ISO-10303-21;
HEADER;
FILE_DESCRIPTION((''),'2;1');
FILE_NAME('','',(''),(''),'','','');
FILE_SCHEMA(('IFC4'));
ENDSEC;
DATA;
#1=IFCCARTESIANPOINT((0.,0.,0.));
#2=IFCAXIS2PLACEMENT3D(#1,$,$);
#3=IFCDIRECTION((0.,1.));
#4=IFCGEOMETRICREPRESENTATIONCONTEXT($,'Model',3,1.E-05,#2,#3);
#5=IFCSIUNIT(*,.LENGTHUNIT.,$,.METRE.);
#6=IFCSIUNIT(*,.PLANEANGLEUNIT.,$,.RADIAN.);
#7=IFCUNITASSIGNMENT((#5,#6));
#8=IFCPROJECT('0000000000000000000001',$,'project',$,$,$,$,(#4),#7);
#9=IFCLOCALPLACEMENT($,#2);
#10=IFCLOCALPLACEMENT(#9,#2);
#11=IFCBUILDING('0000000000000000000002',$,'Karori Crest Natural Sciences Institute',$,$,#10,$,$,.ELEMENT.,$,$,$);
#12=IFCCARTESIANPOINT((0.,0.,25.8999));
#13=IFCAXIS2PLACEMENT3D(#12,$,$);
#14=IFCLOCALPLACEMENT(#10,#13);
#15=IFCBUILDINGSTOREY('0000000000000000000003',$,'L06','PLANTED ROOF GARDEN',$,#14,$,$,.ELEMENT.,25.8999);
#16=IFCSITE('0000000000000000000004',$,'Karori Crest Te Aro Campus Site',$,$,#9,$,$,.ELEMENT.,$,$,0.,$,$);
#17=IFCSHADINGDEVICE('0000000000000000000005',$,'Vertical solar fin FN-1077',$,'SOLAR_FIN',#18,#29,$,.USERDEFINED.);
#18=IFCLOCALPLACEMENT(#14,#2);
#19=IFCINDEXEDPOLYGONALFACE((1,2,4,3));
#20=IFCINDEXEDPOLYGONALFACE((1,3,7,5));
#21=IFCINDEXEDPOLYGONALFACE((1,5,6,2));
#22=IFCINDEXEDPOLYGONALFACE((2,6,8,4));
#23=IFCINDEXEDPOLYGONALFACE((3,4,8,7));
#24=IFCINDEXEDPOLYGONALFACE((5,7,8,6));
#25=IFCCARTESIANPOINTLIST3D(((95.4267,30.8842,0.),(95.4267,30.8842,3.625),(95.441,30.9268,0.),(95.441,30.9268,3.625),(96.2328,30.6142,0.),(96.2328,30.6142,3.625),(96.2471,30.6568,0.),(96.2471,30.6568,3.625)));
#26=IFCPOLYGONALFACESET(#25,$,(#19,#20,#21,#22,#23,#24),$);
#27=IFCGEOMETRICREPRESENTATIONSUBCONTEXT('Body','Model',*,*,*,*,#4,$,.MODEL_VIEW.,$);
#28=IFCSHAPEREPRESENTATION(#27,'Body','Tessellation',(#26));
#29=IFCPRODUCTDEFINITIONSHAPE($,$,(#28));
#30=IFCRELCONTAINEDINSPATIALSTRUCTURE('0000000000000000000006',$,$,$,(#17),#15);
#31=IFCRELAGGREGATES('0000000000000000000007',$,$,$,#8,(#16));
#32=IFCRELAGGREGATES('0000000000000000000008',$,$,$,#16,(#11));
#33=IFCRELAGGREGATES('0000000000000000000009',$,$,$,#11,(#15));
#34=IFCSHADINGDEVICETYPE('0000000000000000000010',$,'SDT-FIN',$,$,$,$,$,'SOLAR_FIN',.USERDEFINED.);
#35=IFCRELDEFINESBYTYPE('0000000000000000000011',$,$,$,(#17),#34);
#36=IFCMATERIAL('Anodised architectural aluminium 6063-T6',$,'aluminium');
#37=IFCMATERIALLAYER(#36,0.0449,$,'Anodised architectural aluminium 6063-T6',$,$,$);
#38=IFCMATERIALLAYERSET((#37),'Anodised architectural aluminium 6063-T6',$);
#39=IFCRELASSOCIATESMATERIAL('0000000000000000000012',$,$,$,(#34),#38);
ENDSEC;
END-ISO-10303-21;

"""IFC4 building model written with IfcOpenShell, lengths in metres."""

from ifc_helpers import new_model, si_unit, direction, frame, origin, origin_2d, place, context, subcontext, project, spatial, rectangle, extrude, material, layer, layer_set, type_object, element, save


model = new_model("IFC4")

# Units and contexts
model_context = context("Model", 3, precision=1e-05, world=origin(), true_north=direction((0.0, 1.0)))
body_context = subcontext(model_context, "Body", "Model", "MODEL_VIEW")
ifc_project = project(units=[si_unit("LENGTHUNIT", "METRE"), si_unit("PLANEANGLEUNIT", "RADIAN")], contexts=[model_context])

# Site, building, storey
site_placement = place(None, origin())
site = spatial("IfcSite", under=ifc_project, at=site_placement, Name="Karori Crest Te Aro Campus Site", CompositionType="ELEMENT", RefElevation=0.0)
building_placement = place(site_placement, origin())
building = spatial("IfcBuilding", under=site, at=building_placement, Name="Karori Crest Natural Sciences Institute", CompositionType="ELEMENT")
storey_placement = place(building_placement, frame((0.0, 0.0, 25.8999)))
storey = spatial("IfcBuildingStorey", under=building, at=storey_placement, Name="L06", Description="PLANTED ROOF GARDEN", CompositionType="ELEMENT", Elevation=25.8999)

# Shared definitions
ifc_material_1 = material(Name="Anodised architectural aluminium 6063-T6", Category="aluminium")

# Shading device
ifc_layer_1 = layer(ifc_material_1, 0.0449, Name="Anodised architectural aluminium 6063-T6")
ifc_layer_set_1 = layer_set([ifc_layer_1], Name="Anodised architectural aluminium 6063-T6")
shading_device_type = type_object("IfcShadingDeviceType", Name="SDT-FIN", ElementType="SOLAR_FIN", PredefinedType="USERDEFINED", material=ifc_layer_set_1)
for number, where, z_axis, x_axis, name in (
    (1, (95.8369, 30.7705, 0.0), (0.0, 0.0, 1.0), (0.948198, -0.31768, 0.0), "Vertical solar fin FN-1077"),
):
    element("IfcShadingDevice", number, at=place(storey_placement, frame(where, z_axis=z_axis, x_axis=x_axis)), inside=storey, type_object=shading_device_type, Name=name, ObjectType="SOLAR_FIN", PredefinedType="USERDEFINED", context=body_context, shape_type="SweptSolid", body=[
        extrude(rectangle(XDim=0.8501, YDim=0.0449, at=origin_2d()), origin(), (0.0, 0.0, 1.0), 3.625),
    ])

save(model, "model.ifc")
